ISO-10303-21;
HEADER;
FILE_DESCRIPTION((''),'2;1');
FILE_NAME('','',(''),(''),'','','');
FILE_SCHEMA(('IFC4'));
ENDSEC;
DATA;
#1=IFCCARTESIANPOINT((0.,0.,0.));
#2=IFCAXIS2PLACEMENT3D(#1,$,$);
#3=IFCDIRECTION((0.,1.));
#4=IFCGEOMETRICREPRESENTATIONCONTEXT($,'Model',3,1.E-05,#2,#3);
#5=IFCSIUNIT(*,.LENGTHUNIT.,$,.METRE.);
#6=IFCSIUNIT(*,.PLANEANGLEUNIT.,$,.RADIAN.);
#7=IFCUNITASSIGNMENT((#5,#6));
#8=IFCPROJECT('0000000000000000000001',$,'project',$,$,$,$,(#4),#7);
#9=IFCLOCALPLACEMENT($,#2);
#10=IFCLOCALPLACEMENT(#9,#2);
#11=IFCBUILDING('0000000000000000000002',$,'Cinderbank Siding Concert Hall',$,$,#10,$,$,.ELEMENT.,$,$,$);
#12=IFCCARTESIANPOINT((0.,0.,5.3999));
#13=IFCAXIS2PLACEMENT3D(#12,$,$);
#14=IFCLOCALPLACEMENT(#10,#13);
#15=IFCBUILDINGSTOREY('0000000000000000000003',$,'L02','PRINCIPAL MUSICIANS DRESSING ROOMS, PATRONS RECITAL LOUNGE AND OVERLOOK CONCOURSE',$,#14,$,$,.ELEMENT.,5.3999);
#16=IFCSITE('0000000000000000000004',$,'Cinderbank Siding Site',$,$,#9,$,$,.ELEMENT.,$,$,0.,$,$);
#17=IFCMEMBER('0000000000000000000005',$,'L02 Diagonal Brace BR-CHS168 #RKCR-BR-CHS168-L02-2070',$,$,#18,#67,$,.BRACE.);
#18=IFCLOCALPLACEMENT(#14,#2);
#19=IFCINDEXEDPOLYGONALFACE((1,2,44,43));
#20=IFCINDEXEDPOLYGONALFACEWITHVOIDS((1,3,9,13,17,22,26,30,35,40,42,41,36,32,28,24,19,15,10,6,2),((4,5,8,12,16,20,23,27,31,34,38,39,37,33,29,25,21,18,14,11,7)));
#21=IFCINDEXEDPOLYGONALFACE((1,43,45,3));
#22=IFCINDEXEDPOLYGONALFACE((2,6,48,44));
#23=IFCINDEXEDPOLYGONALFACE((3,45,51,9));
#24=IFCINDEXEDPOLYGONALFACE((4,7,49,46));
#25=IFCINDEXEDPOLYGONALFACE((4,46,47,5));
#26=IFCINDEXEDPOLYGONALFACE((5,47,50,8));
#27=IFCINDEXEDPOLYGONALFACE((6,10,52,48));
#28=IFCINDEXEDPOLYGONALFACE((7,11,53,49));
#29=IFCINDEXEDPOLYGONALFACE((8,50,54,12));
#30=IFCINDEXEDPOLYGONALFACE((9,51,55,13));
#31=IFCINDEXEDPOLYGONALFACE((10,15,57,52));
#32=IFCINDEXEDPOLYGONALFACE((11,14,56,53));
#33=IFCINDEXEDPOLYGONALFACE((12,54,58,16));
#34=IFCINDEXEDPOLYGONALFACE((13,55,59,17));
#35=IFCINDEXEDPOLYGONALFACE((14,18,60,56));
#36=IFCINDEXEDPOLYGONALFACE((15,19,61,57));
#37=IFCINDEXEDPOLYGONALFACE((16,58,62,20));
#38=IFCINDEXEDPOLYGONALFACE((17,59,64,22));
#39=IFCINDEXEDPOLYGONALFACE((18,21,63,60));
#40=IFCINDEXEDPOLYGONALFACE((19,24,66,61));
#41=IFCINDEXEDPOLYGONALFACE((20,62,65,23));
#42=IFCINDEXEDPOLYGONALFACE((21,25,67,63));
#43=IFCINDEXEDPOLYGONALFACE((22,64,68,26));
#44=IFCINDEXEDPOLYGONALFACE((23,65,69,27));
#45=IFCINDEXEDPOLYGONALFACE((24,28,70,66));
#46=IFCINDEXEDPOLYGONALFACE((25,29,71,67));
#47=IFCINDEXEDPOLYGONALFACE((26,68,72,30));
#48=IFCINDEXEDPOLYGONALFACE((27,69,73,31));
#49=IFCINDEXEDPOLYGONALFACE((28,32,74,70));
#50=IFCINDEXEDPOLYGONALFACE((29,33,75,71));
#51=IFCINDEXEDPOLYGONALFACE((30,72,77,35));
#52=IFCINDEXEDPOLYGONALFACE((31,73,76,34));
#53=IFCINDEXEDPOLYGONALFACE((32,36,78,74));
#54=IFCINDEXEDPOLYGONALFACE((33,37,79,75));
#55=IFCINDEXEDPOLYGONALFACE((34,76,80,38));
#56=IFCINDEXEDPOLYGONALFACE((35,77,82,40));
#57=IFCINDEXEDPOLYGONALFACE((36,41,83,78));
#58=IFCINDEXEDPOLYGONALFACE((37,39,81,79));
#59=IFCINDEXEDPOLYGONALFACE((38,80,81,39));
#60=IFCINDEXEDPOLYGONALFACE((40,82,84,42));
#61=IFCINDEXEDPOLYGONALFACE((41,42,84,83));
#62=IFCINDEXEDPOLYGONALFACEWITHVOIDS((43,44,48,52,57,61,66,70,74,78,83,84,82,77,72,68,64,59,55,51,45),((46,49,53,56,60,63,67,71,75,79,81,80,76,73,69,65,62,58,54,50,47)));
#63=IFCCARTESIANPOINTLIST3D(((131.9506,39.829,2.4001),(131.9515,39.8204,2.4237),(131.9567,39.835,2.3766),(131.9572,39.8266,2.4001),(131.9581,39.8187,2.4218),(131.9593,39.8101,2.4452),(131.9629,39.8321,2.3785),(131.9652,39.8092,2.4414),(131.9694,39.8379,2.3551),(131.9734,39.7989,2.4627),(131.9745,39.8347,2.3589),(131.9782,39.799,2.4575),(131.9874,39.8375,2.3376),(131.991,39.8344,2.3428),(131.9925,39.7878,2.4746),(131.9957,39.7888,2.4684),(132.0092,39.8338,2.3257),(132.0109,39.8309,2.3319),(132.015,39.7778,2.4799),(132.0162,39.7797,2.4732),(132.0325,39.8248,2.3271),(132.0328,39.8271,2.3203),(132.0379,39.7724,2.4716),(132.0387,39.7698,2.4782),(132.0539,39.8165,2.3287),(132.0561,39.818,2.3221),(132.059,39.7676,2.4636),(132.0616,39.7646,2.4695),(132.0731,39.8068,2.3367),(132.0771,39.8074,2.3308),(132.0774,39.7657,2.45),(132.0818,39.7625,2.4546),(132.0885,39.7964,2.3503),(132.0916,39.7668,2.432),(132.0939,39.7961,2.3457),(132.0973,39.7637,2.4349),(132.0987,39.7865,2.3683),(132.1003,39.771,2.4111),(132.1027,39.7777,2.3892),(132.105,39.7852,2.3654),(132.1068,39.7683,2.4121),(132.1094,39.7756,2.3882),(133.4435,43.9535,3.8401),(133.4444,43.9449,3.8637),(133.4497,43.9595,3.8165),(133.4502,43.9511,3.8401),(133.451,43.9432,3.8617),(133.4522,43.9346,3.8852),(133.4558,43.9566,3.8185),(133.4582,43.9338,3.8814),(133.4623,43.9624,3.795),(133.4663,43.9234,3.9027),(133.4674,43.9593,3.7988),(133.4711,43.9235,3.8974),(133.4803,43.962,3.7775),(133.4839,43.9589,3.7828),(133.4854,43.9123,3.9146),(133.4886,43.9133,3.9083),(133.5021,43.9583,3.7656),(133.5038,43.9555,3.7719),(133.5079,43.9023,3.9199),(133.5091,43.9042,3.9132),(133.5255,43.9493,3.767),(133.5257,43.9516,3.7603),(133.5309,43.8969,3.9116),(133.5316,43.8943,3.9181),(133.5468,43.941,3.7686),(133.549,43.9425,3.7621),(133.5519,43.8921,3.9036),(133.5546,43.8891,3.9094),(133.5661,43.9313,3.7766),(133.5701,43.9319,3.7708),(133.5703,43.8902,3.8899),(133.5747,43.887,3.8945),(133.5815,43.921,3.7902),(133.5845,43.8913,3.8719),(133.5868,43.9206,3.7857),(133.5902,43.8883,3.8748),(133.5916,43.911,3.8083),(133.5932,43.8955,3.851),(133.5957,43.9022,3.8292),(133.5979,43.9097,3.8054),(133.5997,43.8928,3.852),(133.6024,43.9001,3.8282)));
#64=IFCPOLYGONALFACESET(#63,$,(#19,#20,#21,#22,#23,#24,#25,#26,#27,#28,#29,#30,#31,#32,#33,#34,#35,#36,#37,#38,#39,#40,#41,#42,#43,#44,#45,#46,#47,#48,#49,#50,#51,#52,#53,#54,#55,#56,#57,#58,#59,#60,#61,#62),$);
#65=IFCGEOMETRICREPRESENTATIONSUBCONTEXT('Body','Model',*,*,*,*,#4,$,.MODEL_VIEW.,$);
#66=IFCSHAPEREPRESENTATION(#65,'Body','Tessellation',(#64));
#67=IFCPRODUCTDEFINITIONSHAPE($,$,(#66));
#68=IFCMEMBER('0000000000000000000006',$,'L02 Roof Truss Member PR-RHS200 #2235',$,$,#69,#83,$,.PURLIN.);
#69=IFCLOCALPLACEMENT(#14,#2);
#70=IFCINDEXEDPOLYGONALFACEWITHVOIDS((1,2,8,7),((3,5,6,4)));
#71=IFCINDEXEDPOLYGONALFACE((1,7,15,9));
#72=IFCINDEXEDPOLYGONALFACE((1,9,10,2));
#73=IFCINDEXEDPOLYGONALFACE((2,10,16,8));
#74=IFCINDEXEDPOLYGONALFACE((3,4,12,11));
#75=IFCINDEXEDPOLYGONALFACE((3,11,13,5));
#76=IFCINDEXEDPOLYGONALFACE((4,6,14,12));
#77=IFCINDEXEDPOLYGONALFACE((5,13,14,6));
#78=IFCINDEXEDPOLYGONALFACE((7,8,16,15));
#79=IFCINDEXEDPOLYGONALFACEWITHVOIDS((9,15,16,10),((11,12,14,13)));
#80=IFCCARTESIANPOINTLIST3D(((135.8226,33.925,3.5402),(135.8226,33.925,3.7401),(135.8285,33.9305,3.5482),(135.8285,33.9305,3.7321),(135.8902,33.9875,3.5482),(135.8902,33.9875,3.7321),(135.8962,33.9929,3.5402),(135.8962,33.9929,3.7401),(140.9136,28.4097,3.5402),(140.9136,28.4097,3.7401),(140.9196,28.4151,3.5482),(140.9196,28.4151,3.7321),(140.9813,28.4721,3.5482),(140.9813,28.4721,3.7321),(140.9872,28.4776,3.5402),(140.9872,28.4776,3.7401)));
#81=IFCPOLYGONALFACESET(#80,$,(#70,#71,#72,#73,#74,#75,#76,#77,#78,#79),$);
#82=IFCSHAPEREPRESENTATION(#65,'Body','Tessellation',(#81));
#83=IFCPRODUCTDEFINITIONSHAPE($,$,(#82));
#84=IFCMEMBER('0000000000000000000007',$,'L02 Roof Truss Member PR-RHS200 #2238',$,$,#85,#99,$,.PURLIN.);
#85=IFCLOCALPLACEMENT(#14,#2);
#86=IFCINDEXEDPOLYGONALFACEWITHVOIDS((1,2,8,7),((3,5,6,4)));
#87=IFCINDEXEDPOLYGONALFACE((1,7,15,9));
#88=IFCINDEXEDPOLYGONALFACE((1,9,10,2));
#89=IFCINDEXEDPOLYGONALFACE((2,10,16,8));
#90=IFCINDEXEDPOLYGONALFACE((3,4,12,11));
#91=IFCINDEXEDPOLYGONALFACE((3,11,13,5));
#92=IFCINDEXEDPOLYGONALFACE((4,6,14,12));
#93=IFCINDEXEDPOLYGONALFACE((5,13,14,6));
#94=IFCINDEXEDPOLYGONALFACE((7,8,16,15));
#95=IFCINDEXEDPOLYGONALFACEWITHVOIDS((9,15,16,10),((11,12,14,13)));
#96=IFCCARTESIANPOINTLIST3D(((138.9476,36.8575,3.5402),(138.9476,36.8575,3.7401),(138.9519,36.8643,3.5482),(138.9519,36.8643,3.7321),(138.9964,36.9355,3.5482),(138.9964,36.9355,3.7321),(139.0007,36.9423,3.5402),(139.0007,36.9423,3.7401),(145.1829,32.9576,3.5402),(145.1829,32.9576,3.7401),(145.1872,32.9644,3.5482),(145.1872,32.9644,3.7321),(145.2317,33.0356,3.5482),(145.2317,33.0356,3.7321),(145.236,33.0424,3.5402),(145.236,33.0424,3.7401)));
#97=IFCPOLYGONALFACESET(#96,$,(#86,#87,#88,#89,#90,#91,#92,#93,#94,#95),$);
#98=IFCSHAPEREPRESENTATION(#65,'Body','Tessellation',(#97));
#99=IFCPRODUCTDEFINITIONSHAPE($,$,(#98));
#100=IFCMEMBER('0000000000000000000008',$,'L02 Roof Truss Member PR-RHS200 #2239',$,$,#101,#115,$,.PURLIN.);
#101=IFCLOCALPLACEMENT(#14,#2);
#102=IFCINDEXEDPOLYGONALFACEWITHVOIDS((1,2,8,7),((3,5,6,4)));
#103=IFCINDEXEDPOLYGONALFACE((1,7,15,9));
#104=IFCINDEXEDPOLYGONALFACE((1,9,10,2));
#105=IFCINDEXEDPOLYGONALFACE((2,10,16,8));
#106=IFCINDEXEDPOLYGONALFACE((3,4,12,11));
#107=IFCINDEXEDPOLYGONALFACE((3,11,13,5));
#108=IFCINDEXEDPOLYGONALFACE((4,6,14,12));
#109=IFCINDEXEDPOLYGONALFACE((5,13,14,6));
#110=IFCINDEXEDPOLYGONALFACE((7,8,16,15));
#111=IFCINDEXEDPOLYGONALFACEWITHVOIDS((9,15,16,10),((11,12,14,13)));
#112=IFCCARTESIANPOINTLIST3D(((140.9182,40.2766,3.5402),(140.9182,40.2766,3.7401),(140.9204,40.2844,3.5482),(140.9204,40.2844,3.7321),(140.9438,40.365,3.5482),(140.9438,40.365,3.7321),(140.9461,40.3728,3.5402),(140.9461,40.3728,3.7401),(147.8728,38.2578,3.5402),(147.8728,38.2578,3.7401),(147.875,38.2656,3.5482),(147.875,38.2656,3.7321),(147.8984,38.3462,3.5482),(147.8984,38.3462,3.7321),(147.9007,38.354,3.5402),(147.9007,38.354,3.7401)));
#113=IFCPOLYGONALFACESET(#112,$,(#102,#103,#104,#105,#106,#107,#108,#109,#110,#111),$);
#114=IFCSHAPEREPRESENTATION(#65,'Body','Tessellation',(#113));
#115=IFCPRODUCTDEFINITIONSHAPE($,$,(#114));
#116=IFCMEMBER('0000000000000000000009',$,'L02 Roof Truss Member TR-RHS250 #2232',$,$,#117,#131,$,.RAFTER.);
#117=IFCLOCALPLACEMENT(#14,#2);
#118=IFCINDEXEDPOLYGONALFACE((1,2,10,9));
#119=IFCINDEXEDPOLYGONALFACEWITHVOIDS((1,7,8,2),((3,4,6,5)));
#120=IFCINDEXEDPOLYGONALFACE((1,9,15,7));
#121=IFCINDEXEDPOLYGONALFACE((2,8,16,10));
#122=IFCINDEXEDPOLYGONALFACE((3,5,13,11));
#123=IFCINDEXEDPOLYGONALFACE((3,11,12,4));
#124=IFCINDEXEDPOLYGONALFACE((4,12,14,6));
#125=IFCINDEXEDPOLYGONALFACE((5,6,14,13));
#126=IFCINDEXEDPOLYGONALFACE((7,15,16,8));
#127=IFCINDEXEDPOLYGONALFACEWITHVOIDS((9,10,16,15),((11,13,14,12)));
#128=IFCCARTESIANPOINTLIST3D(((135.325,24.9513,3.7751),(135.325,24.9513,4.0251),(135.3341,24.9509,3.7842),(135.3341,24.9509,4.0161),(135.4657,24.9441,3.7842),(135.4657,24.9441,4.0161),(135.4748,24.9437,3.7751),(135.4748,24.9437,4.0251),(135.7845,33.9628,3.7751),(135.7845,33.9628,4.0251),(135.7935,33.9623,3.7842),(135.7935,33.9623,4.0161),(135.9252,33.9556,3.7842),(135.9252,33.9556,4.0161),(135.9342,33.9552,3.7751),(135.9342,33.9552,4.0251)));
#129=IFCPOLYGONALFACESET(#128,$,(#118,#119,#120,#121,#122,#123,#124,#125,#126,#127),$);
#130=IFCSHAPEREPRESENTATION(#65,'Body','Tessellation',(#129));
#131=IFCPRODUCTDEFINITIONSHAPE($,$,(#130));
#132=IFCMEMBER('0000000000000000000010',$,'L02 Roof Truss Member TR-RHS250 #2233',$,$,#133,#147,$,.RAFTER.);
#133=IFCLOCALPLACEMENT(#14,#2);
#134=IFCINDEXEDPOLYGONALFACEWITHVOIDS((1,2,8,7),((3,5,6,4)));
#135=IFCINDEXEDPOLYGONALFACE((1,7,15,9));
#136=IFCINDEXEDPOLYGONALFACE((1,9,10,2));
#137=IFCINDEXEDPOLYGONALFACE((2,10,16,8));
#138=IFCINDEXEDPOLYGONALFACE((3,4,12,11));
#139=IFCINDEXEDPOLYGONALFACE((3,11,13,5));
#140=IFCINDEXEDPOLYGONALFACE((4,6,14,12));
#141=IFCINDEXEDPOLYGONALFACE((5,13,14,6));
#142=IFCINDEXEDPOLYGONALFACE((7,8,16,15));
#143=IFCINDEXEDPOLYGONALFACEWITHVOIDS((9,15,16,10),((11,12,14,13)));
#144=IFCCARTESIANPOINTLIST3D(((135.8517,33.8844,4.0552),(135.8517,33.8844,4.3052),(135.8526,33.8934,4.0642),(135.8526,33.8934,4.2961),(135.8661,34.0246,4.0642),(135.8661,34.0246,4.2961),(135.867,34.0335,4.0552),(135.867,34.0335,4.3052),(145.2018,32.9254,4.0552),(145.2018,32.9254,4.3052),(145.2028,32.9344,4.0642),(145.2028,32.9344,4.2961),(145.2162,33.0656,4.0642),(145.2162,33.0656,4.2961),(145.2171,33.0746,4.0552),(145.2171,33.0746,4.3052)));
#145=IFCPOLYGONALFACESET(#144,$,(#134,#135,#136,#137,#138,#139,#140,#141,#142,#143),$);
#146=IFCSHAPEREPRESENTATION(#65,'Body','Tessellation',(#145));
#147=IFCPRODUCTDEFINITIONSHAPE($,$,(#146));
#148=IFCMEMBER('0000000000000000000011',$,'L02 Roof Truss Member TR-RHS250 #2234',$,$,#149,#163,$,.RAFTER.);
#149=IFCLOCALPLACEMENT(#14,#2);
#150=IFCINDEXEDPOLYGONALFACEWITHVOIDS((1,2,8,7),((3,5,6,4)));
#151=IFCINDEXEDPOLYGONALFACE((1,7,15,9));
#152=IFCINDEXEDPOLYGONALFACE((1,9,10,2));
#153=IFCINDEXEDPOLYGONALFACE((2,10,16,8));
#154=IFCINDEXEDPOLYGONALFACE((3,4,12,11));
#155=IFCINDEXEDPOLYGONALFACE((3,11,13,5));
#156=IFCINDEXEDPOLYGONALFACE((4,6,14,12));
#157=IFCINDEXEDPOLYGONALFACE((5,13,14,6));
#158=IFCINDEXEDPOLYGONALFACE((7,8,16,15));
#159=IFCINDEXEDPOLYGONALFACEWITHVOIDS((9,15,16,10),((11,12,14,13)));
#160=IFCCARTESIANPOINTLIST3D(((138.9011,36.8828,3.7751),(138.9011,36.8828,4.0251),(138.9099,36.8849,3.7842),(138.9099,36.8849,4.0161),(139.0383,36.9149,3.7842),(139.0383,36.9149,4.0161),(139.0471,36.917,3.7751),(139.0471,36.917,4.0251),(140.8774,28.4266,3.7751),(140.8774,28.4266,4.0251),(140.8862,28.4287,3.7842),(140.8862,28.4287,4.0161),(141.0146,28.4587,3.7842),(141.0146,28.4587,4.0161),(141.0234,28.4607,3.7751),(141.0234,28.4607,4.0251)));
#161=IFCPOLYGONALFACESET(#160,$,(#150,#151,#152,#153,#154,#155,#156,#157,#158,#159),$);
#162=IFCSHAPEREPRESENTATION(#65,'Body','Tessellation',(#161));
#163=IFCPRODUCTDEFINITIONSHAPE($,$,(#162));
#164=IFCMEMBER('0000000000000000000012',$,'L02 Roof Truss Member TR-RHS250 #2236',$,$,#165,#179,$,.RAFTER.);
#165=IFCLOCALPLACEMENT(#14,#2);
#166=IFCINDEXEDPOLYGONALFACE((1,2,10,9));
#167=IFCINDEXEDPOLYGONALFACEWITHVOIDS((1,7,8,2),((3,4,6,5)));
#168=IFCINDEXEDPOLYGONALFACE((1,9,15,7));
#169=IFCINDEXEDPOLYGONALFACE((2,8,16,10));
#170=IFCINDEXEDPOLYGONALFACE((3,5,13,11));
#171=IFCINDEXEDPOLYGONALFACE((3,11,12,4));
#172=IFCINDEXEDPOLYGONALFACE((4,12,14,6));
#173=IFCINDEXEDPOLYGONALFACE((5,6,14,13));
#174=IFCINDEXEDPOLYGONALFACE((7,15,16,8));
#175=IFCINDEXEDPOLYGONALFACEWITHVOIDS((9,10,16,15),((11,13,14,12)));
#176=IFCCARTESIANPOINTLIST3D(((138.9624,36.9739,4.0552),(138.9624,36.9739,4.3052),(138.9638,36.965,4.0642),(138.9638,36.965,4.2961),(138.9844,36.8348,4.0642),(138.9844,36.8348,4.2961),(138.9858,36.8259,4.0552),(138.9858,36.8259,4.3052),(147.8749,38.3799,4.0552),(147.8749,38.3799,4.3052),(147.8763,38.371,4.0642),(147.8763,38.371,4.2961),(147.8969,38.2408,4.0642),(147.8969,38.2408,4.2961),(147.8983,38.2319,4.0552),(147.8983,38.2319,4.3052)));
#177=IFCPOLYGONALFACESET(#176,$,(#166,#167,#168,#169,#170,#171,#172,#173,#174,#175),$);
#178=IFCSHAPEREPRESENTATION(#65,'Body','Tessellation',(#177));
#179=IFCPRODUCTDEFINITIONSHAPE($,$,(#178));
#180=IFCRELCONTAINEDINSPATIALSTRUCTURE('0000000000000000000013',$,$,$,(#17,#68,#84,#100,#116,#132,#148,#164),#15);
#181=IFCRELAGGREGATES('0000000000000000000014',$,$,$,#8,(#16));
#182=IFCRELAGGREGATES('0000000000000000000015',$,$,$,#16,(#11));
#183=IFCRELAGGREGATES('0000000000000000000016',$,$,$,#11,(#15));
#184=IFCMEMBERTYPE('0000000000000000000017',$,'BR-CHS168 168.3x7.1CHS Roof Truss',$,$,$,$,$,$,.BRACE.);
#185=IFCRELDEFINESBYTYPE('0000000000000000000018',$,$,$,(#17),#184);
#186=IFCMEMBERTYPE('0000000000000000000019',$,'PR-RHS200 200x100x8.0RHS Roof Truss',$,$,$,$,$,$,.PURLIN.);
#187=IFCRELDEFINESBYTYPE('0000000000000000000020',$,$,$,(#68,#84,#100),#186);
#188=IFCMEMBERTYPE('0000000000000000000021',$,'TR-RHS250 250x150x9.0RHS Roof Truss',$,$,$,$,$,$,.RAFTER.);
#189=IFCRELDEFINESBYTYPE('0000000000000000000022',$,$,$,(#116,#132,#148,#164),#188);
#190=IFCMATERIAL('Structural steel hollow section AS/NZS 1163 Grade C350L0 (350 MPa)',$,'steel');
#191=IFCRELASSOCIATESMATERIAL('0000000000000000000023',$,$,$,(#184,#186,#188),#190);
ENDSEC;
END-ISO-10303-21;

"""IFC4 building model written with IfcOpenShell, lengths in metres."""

from ifc_helpers import new_model, si_unit, direction, frame, origin, origin_2d, place, context, subcontext, project, spatial, hollow_rectangle, hollow_circle, extrude, material, material_profile, profile_set, type_object, element, save


model = new_model("IFC4")

# Units and contexts
model_context = context("Model", 3, precision=1e-05, world=origin(), true_north=direction((0.0, 1.0)))
body_context = subcontext(model_context, "Body", "Model", "MODEL_VIEW")
ifc_project = project(units=[si_unit("LENGTHUNIT", "METRE"), si_unit("PLANEANGLEUNIT", "RADIAN")], contexts=[model_context])

# Site, building, storey
site_placement = place(None, origin())
site = spatial("IfcSite", under=ifc_project, at=site_placement, Name="Cinderbank Siding Site", CompositionType="ELEMENT", RefElevation=0.0)
building_placement = place(site_placement, origin())
building = spatial("IfcBuilding", under=site, at=building_placement, Name="Cinderbank Siding Concert Hall", CompositionType="ELEMENT")
storey_placement = place(building_placement, frame((0.0, 0.0, 5.3999)))
storey = spatial("IfcBuildingStorey", under=building, at=storey_placement, Name="L02", Description="PRINCIPAL MUSICIANS DRESSING ROOMS, PATRONS RECITAL LOUNGE AND OVERLOOK CONCOURSE", CompositionType="ELEMENT", Elevation=5.3999)

# Shared definitions
ifc_material_1 = material(Name="Structural steel hollow section AS/NZS 1163 Grade C350L0 (350 MPa)", Category="steel")

# Members
ifc_material_profile_1 = material_profile(ifc_material_1, hollow_circle(Radius=0.0842, WallThickness=0.0071, at=origin_2d()), Name="168.3x7.1CHS", Category="LoadBearing")
ifc_profile_set_1 = profile_set([ifc_material_profile_1], Name="Structural steel hollow section AS/NZS 1163 Grade C350L0 (350 MPa)")
member_type_1 = type_object("IfcMemberType", Name="BR-CHS168 168.3x7.1CHS Roof Truss", PredefinedType="BRACE", material=ifc_profile_set_1)
member_1_placement = place(storey_placement, frame((132.0298, 39.8003, 2.4001), z_axis=(0.323374, 0.893391, 0.311899), x_axis=(-0.940298, 0.340353, 0.0)))
element("IfcMember", 1, at=member_1_placement, inside=storey, type_object=member_type_1, Name="L02 Diagonal Brace BR-CHS168 #RKCR-BR-CHS168-L02-2070", PredefinedType="BRACE", context=body_context, shape_type="SweptSolid", body=[
    extrude(hollow_circle(Radius=0.0842, WallThickness=0.0071, at=origin_2d()), origin(), (0.0, 0.0, 1.0), 4.6167),
])
ifc_material_profile_2 = material_profile(ifc_material_1, hollow_rectangle(XDim=0.1001, YDim=0.2, WallThickness=0.0081, at=origin_2d()), Name="200x100x8.0RHS", Category="LoadBearing")
ifc_profile_set_2 = profile_set([ifc_material_profile_2], Name="Structural steel hollow section AS/NZS 1163 Grade C350L0 (350 MPa)")
member_type_2 = type_object("IfcMemberType", Name="PR-RHS200 200x100x8.0RHS Roof Truss", PredefinedType="PURLIN", material=ifc_profile_set_2)
member_2_placement = place(storey_placement, frame((135.8594, 33.959, 3.6401), z_axis=(0.678276, -0.734807, 0.0), x_axis=(0.734807, 0.678276, 0.0)))
element("IfcMember", 2, at=member_2_placement, inside=storey, type_object=member_type_2, Name="L02 Roof Truss Member PR-RHS200 #2235", PredefinedType="PURLIN", context=body_context, shape_type="SweptSolid", body=[
    extrude(hollow_rectangle(XDim=0.1001, YDim=0.2, WallThickness=0.0081, at=origin_2d()), origin(), (0.0, 0.0, 1.0), 7.5059),
])
member_3_placement = place(storey_placement, frame((138.9741, 36.8999, 3.6401), z_axis=(0.847827, -0.530273, 0.0), x_axis=(0.530273, 0.847827, 0.0)))
element("IfcMember", 3, at=member_3_placement, inside=storey, type_object=member_type_2, Name="L02 Roof Truss Member PR-RHS200 #2238", PredefinedType="PURLIN", context=body_context, shape_type="SweptSolid", body=[
    extrude(hollow_rectangle(XDim=0.1001, YDim=0.2, WallThickness=0.0081, at=origin_2d()), origin(), (0.0, 0.0, 1.0), 7.3545),
])
member_4_placement = place(storey_placement, frame((140.9321, 40.3247, 3.6401), z_axis=(0.960356, -0.278775, 0.0), x_axis=(0.278775, 0.960356, 0.0)))
element("IfcMember", 4, at=member_4_placement, inside=storey, type_object=member_type_2, Name="L02 Roof Truss Member PR-RHS200 #2239", PredefinedType="PURLIN", context=body_context, shape_type="SweptSolid", body=[
    extrude(hollow_rectangle(XDim=0.1001, YDim=0.2, WallThickness=0.0081, at=origin_2d()), origin(), (0.0, 0.0, 1.0), 7.2417),
])
ifc_material_profile_3 = material_profile(ifc_material_1, hollow_rectangle(XDim=0.1499, YDim=0.25, WallThickness=0.009, at=origin_2d()), Name="250x150x9.0RHS", Category="LoadBearing")
ifc_profile_set_3 = profile_set([ifc_material_profile_3], Name="Structural steel hollow section AS/NZS 1163 Grade C350L0 (350 MPa)")
member_type_3 = type_object("IfcMemberType", Name="TR-RHS250 250x150x9.0RHS Roof Truss", PredefinedType="RAFTER", material=ifc_profile_set_3)
member_5_placement = place(storey_placement, frame((135.8594, 33.959, 3.9001), z_axis=(-0.050921, -0.998703, 0.0), x_axis=(0.998703, -0.050921, 0.0)))
element("IfcMember", 5, at=member_5_placement, inside=storey, type_object=member_type_3, Name="L02 Roof Truss Member TR-RHS250 #2232", PredefinedType="RAFTER", context=body_context, shape_type="SweptSolid", body=[
    extrude(hollow_rectangle(XDim=0.1499, YDim=0.25, WallThickness=0.009, at=origin_2d()), origin(), (0.0, 0.0, 1.0), 9.0232),
])
member_6_placement = place(storey_placement, frame((135.8594, 33.959, 4.1802), z_axis=(0.994781, -0.102029, 0.0), x_axis=(0.102029, 0.994781, 0.0)))
element("IfcMember", 6, at=member_6_placement, inside=storey, type_object=member_type_3, Name="L02 Roof Truss Member TR-RHS250 #2233", PredefinedType="RAFTER", context=body_context, shape_type="SweptSolid", body=[
    extrude(hollow_rectangle(XDim=0.1499, YDim=0.25, WallThickness=0.009, at=origin_2d()), origin(), (0.0, 0.0, 1.0), 9.3992),
])
member_7_placement = place(storey_placement, frame((138.9741, 36.8999, 3.9001), z_axis=(0.227577, -0.97376, 0.0), x_axis=(0.97376, 0.227577, 0.0)))
element("IfcMember", 7, at=member_7_placement, inside=storey, type_object=member_type_3, Name="L02 Roof Truss Member TR-RHS250 #2234", PredefinedType="RAFTER", context=body_context, shape_type="SweptSolid", body=[
    extrude(hollow_rectangle(XDim=0.1499, YDim=0.25, WallThickness=0.009, at=origin_2d()), origin(), (0.0, 0.0, 1.0), 8.6841),
])
member_8_placement = place(storey_placement, frame((138.9741, 36.8999, 4.1802), z_axis=(0.987784, 0.155828, 0.0), x_axis=(-0.155828, 0.987784, 0.0)))
element("IfcMember", 8, at=member_8_placement, inside=storey, type_object=member_type_3, Name="L02 Roof Truss Member TR-RHS250 #2236", PredefinedType="RAFTER", context=body_context, shape_type="SweptSolid", body=[
    extrude(hollow_rectangle(XDim=0.1499, YDim=0.25, WallThickness=0.009, at=origin_2d()), origin(), (0.0, 0.0, 1.0), 9.0227),
])

save(model, "model.ifc")
